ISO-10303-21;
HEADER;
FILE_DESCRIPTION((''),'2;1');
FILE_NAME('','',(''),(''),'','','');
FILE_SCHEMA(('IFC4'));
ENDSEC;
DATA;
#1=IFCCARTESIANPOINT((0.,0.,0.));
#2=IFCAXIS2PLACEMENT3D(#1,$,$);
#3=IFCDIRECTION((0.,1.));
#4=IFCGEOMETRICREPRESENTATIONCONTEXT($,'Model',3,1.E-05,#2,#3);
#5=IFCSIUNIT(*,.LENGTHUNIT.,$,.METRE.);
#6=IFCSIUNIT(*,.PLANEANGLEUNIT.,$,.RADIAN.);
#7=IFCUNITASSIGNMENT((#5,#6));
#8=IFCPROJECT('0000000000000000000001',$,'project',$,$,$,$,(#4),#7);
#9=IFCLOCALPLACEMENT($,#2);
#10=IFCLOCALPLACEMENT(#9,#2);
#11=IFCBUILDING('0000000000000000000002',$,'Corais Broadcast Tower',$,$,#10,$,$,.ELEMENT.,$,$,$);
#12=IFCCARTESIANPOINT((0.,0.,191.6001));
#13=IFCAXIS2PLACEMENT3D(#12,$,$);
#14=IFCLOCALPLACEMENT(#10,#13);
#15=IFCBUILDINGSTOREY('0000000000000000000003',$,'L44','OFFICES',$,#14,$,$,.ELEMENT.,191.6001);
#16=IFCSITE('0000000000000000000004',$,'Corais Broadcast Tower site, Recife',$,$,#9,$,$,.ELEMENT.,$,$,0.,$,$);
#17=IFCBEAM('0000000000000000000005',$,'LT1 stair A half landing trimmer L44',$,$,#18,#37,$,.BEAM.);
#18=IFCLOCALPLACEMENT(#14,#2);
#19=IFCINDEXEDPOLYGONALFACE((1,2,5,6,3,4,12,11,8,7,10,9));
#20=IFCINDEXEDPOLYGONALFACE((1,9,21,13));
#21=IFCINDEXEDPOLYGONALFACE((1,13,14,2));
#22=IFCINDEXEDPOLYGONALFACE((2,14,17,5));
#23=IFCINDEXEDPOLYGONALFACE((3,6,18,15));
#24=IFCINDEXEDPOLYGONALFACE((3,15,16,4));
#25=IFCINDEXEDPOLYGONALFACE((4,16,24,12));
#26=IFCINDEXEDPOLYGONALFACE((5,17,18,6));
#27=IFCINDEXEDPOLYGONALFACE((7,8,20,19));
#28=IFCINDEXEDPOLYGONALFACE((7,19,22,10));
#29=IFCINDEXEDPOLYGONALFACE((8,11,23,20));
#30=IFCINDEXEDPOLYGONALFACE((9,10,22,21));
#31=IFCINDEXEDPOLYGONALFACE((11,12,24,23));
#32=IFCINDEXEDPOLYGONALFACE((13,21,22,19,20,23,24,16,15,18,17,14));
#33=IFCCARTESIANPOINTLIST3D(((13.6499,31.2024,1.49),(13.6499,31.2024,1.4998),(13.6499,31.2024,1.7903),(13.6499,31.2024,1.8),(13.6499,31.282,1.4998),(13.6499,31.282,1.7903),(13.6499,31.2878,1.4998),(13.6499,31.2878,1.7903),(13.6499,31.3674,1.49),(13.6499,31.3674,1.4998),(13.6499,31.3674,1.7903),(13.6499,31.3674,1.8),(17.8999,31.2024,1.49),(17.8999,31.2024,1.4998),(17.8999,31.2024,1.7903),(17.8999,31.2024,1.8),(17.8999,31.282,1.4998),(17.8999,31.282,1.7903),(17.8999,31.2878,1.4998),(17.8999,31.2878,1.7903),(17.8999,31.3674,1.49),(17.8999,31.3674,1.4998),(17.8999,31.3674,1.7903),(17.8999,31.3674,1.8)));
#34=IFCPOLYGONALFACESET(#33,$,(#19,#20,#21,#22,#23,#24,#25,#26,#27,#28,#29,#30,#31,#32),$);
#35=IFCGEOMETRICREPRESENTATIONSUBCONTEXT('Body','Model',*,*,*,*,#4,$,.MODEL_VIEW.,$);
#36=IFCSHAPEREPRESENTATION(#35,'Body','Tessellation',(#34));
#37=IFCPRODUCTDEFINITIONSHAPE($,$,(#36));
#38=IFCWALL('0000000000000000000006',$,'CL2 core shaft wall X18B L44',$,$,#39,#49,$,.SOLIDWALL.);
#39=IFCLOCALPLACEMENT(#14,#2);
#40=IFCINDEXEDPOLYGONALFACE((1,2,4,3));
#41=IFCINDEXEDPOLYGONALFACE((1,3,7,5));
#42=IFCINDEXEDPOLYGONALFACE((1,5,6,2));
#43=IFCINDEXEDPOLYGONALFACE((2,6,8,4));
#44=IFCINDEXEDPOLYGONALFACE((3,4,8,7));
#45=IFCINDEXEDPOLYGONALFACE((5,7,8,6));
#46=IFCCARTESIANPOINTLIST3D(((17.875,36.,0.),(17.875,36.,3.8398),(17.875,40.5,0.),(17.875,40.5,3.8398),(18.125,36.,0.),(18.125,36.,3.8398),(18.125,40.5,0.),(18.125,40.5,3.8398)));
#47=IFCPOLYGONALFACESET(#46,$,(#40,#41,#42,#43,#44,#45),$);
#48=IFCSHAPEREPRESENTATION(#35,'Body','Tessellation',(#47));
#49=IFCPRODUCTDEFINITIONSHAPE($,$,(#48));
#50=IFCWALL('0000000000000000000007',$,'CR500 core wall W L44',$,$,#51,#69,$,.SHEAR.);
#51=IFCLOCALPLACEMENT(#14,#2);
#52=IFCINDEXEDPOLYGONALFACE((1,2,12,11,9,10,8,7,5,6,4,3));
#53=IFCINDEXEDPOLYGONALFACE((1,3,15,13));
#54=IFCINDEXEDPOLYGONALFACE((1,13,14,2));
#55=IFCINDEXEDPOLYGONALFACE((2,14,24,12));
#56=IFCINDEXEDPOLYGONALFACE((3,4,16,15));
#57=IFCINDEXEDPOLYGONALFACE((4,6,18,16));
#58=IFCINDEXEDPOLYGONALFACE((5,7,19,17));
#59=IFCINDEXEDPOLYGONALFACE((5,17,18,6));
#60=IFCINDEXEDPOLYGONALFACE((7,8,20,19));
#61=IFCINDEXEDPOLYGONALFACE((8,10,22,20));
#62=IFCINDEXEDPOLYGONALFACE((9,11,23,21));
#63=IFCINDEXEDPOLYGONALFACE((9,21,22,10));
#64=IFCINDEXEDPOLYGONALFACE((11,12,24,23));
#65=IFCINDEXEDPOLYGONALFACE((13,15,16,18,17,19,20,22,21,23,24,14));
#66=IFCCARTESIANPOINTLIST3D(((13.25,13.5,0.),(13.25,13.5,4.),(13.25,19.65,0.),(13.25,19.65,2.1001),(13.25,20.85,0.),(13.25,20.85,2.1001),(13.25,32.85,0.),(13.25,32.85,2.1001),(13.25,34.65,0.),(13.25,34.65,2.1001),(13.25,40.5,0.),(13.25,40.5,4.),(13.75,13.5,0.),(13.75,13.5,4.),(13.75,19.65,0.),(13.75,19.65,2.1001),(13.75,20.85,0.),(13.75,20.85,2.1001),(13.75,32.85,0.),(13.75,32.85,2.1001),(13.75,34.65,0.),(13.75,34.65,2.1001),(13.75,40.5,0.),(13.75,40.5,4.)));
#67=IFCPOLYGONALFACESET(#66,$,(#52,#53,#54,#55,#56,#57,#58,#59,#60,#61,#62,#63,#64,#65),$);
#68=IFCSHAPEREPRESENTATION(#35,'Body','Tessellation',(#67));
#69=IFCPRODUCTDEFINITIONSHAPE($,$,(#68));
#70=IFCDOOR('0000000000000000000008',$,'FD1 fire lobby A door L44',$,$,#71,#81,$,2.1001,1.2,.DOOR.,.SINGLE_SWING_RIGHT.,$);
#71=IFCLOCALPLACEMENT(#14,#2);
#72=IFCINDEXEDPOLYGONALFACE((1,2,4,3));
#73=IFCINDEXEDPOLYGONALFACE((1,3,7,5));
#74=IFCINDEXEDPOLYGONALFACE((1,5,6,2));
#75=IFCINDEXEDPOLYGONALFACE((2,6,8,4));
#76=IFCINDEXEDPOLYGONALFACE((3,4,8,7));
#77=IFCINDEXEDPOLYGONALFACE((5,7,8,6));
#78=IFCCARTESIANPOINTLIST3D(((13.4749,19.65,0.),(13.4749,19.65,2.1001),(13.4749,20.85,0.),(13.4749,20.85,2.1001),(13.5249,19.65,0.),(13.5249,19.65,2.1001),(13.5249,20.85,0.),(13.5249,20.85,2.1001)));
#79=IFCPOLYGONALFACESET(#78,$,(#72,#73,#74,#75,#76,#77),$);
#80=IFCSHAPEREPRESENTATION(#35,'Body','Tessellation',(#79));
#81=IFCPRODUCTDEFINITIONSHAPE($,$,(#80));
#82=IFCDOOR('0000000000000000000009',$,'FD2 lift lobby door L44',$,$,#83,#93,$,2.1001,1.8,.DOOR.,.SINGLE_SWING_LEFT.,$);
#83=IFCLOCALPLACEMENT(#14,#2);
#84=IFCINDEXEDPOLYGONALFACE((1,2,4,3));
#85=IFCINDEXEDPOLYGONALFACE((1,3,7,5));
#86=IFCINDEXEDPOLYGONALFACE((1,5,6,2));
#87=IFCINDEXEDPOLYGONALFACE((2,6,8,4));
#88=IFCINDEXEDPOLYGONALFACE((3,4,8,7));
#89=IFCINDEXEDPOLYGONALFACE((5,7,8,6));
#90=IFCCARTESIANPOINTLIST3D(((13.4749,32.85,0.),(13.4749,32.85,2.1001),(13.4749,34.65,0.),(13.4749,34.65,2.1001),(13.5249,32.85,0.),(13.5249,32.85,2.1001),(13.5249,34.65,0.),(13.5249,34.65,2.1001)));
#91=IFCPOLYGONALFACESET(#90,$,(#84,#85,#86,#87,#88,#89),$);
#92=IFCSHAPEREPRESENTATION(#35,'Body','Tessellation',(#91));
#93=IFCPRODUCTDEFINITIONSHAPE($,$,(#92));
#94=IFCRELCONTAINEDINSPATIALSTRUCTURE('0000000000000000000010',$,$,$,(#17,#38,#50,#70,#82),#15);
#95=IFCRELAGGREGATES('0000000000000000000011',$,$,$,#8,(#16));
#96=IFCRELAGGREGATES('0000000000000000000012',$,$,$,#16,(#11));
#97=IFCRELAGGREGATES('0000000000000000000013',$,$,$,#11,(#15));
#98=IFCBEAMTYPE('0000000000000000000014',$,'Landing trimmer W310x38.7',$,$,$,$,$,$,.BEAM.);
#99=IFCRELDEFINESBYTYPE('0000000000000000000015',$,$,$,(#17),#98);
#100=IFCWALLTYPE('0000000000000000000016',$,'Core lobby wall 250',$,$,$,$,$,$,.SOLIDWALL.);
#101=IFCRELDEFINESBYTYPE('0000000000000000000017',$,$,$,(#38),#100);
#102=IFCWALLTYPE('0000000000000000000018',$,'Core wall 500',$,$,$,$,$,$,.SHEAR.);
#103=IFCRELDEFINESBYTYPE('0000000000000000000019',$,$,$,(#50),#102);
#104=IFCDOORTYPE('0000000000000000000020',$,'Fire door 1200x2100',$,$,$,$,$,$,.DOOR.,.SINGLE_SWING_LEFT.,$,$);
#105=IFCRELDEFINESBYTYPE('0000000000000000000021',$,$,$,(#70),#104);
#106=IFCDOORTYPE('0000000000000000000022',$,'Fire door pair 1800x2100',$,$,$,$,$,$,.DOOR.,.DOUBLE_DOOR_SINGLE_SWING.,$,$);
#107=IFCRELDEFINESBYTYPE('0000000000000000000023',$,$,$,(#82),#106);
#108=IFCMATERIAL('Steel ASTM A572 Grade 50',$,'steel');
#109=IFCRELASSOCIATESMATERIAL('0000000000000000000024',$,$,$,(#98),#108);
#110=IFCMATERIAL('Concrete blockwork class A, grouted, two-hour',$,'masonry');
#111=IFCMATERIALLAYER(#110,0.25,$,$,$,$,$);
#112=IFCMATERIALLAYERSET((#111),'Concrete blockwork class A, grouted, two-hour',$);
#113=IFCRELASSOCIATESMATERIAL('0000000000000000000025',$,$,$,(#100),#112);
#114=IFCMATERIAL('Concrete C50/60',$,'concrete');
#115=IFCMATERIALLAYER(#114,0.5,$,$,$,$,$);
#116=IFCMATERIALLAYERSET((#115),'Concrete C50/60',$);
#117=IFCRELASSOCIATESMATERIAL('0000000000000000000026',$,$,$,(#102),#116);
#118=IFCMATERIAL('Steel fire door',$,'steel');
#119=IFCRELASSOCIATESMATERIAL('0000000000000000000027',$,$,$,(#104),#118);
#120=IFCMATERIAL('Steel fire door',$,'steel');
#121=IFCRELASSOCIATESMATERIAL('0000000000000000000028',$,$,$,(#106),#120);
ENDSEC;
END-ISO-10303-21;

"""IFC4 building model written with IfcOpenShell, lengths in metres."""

from ifc_helpers import new_model, si_unit, direction, frame, frame_2d, origin, origin_2d, place, context, subcontext, project, spatial, rectangle, i_section, extrude, material, layer, layer_set, material_profile, profile_set, type_object, element, fill, save


model = new_model("IFC4")

# Units and contexts
model_context = context("Model", 3, precision=1e-05, world=origin(), true_north=direction((0.0, 1.0)))
body_context = subcontext(model_context, "Body", "Model", "MODEL_VIEW")
ifc_project = project(units=[si_unit("LENGTHUNIT", "METRE"), si_unit("PLANEANGLEUNIT", "RADIAN")], contexts=[model_context])

# Site, building, storey
site_placement = place(None, origin())
site = spatial("IfcSite", under=ifc_project, at=site_placement, Name="Corais Broadcast Tower site, Recife", CompositionType="ELEMENT", RefElevation=0.0)
building_placement = place(site_placement, origin())
building = spatial("IfcBuilding", under=site, at=building_placement, Name="Corais Broadcast Tower", CompositionType="ELEMENT")
storey_placement = place(building_placement, frame((0.0, 0.0, 191.6001)))
storey = spatial("IfcBuildingStorey", under=building, at=storey_placement, Name="L44", Description="OFFICES", CompositionType="ELEMENT", Elevation=191.6001)

# Beam
ifc_material_1 = material(Name="Steel ASTM A572 Grade 50", Category="steel")
ifc_material_profile = material_profile(ifc_material_1, i_section(OverallWidth=0.165, OverallDepth=0.3101, WebThickness=0.0059, FlangeThickness=0.0098, at=origin_2d()), Name="W310x38.7")
ifc_profile_set = profile_set([ifc_material_profile], Name="Steel ASTM A572 Grade 50")
beam_type = type_object("IfcBeamType", Name="Landing trimmer W310x38.7", PredefinedType="BEAM", material=ifc_profile_set)
beam_placement = place(storey_placement, frame((13.6499, 31.2849, 1.645), z_axis=(1.0, 0.0, 0.0), x_axis=(0.0, 1.0, 0.0)))
element("IfcBeam", 1, at=beam_placement, inside=storey, type_object=beam_type, Name="LT1 stair A half landing trimmer L44", PredefinedType="BEAM", context=body_context, shape_type="SweptSolid", body=[
    extrude(i_section(OverallWidth=0.165, OverallDepth=0.3101, WebThickness=0.0059, FlangeThickness=0.0098, at=origin_2d()), origin(), (0.0, 0.0, 1.0), 4.25),
])

# Wall
ifc_material_2 = material(Name="Concrete blockwork class A, grouted, two-hour", Category="masonry")
ifc_layer_1 = layer(ifc_material_2, 0.25)
ifc_layer_set_1 = layer_set([ifc_layer_1], Name="Concrete blockwork class A, grouted, two-hour")
wall_type_1 = type_object("IfcWallType", Name="Core lobby wall 250", PredefinedType="SOLIDWALL", material=ifc_layer_set_1)
wall_1_placement = place(storey_placement, frame((18.0, 36.0, 0.0), z_axis=(0.0, 0.0, 1.0), x_axis=(0.0, 1.0, 0.0)))
element("IfcWall", 2, at=wall_1_placement, inside=storey, type_object=wall_type_1, Name="CL2 core shaft wall X18B L44", PredefinedType="SOLIDWALL", context=body_context, shape_type="SweptSolid", body=[
    extrude(rectangle(XDim=4.5, YDim=0.25, at=frame_2d((2.25, 0.0))), origin(), (0.0, 0.0, 1.0), 3.8398),
])

# Wall, openings, doors
ifc_material_3 = material(Name="Concrete C50/60", Category="concrete")
ifc_layer_2 = layer(ifc_material_3, 0.5)
ifc_layer_set_2 = layer_set([ifc_layer_2], Name="Concrete C50/60")
wall_type_2 = type_object("IfcWallType", Name="Core wall 500", PredefinedType="SHEAR", material=ifc_layer_set_2)
wall_2_placement = place(storey_placement, frame((13.5, 40.5, 0.0), z_axis=(0.0, 0.0, 1.0), x_axis=(0.0, -1.0, 0.0)))
wall_2 = element("IfcWall", 3, at=wall_2_placement, inside=storey, type_object=wall_type_2, Name="CR500 core wall W L44", PredefinedType="SHEAR", context=body_context, shape_type="SweptSolid", body=[
    extrude(rectangle(XDim=27.0, YDim=0.5, at=frame_2d((13.5, 0.0))), origin(), (0.0, 0.0, 1.0), 4.0),
])
opening_1_placement = place(wall_2_placement, frame((19.6499, 0.0, 0.0)))
opening_1 = element("IfcOpeningElement", 4, at=opening_1_placement, cuts=wall_2, PredefinedType="OPENING", context=body_context, shape_type="SweptSolid", body=[
    extrude(rectangle(XDim=1.2, YDim=2.1001, at=frame_2d((0.6001, 1.05))), frame((0.0, 0.26, 0.0), z_axis=(0.0, -1.0, 0.0), x_axis=(1.0, 0.0, 0.0)), (0.0, 0.0, 1.0), 0.52),
])
opening_2_placement = place(wall_2_placement, frame((5.8501, 0.0, 0.0)))
opening_2 = element("IfcOpeningElement", 5, at=opening_2_placement, cuts=wall_2, PredefinedType="OPENING", context=body_context, shape_type="SweptSolid", body=[
    extrude(rectangle(XDim=1.8, YDim=2.1001, at=frame_2d((0.8999, 1.05))), frame((0.0, 0.26, 0.0), z_axis=(0.0, -1.0, 0.0), x_axis=(1.0, 0.0, 0.0)), (0.0, 0.0, 1.0), 0.52),
])
ifc_material_4 = material(Name="Steel fire door", Category="steel")
door_type_1 = type_object("IfcDoorType", Name="Fire door 1200x2100", OperationType="SINGLE_SWING_LEFT", PredefinedType="DOOR", material=ifc_material_4)
door_1_placement = place(opening_1_placement, origin())
door_1 = element("IfcDoor", 6, at=door_1_placement, inside=storey, type_object=door_type_1, Name="FD1 fire lobby A door L44", OperationType="SINGLE_SWING_RIGHT", OverallHeight=2.1001, OverallWidth=1.2, PredefinedType="DOOR", context=body_context, shape_type="SweptSolid", body=[
    extrude(rectangle(XDim=1.2, YDim=2.1001, at=frame_2d((0.6001, 1.05))), frame((0.0, 0.0249, 0.0), z_axis=(0.0, -1.0, 0.0), x_axis=(1.0, 0.0, 0.0)), (0.0, 0.0, 1.0), 0.05),
])
fill(opening_1, door_1)
ifc_material_5 = material(Name="Steel fire door", Category="steel")
door_type_2 = type_object("IfcDoorType", Name="Fire door pair 1800x2100", OperationType="DOUBLE_DOOR_SINGLE_SWING", PredefinedType="DOOR", material=ifc_material_5)
door_2_placement = place(opening_2_placement, origin())
door_2 = element("IfcDoor", 7, at=door_2_placement, inside=storey, type_object=door_type_2, Name="FD2 lift lobby door L44", OperationType="SINGLE_SWING_LEFT", OverallHeight=2.1001, OverallWidth=1.8, PredefinedType="DOOR", context=body_context, shape_type="SweptSolid", body=[
    extrude(rectangle(XDim=1.8, YDim=2.1001, at=frame_2d((0.8999, 1.05))), frame((0.0, 0.0249, 0.0), z_axis=(0.0, -1.0, 0.0), x_axis=(1.0, 0.0, 0.0)), (0.0, 0.0, 1.0), 0.05),
])
fill(opening_2, door_2)

save(model, "model.ifc")
